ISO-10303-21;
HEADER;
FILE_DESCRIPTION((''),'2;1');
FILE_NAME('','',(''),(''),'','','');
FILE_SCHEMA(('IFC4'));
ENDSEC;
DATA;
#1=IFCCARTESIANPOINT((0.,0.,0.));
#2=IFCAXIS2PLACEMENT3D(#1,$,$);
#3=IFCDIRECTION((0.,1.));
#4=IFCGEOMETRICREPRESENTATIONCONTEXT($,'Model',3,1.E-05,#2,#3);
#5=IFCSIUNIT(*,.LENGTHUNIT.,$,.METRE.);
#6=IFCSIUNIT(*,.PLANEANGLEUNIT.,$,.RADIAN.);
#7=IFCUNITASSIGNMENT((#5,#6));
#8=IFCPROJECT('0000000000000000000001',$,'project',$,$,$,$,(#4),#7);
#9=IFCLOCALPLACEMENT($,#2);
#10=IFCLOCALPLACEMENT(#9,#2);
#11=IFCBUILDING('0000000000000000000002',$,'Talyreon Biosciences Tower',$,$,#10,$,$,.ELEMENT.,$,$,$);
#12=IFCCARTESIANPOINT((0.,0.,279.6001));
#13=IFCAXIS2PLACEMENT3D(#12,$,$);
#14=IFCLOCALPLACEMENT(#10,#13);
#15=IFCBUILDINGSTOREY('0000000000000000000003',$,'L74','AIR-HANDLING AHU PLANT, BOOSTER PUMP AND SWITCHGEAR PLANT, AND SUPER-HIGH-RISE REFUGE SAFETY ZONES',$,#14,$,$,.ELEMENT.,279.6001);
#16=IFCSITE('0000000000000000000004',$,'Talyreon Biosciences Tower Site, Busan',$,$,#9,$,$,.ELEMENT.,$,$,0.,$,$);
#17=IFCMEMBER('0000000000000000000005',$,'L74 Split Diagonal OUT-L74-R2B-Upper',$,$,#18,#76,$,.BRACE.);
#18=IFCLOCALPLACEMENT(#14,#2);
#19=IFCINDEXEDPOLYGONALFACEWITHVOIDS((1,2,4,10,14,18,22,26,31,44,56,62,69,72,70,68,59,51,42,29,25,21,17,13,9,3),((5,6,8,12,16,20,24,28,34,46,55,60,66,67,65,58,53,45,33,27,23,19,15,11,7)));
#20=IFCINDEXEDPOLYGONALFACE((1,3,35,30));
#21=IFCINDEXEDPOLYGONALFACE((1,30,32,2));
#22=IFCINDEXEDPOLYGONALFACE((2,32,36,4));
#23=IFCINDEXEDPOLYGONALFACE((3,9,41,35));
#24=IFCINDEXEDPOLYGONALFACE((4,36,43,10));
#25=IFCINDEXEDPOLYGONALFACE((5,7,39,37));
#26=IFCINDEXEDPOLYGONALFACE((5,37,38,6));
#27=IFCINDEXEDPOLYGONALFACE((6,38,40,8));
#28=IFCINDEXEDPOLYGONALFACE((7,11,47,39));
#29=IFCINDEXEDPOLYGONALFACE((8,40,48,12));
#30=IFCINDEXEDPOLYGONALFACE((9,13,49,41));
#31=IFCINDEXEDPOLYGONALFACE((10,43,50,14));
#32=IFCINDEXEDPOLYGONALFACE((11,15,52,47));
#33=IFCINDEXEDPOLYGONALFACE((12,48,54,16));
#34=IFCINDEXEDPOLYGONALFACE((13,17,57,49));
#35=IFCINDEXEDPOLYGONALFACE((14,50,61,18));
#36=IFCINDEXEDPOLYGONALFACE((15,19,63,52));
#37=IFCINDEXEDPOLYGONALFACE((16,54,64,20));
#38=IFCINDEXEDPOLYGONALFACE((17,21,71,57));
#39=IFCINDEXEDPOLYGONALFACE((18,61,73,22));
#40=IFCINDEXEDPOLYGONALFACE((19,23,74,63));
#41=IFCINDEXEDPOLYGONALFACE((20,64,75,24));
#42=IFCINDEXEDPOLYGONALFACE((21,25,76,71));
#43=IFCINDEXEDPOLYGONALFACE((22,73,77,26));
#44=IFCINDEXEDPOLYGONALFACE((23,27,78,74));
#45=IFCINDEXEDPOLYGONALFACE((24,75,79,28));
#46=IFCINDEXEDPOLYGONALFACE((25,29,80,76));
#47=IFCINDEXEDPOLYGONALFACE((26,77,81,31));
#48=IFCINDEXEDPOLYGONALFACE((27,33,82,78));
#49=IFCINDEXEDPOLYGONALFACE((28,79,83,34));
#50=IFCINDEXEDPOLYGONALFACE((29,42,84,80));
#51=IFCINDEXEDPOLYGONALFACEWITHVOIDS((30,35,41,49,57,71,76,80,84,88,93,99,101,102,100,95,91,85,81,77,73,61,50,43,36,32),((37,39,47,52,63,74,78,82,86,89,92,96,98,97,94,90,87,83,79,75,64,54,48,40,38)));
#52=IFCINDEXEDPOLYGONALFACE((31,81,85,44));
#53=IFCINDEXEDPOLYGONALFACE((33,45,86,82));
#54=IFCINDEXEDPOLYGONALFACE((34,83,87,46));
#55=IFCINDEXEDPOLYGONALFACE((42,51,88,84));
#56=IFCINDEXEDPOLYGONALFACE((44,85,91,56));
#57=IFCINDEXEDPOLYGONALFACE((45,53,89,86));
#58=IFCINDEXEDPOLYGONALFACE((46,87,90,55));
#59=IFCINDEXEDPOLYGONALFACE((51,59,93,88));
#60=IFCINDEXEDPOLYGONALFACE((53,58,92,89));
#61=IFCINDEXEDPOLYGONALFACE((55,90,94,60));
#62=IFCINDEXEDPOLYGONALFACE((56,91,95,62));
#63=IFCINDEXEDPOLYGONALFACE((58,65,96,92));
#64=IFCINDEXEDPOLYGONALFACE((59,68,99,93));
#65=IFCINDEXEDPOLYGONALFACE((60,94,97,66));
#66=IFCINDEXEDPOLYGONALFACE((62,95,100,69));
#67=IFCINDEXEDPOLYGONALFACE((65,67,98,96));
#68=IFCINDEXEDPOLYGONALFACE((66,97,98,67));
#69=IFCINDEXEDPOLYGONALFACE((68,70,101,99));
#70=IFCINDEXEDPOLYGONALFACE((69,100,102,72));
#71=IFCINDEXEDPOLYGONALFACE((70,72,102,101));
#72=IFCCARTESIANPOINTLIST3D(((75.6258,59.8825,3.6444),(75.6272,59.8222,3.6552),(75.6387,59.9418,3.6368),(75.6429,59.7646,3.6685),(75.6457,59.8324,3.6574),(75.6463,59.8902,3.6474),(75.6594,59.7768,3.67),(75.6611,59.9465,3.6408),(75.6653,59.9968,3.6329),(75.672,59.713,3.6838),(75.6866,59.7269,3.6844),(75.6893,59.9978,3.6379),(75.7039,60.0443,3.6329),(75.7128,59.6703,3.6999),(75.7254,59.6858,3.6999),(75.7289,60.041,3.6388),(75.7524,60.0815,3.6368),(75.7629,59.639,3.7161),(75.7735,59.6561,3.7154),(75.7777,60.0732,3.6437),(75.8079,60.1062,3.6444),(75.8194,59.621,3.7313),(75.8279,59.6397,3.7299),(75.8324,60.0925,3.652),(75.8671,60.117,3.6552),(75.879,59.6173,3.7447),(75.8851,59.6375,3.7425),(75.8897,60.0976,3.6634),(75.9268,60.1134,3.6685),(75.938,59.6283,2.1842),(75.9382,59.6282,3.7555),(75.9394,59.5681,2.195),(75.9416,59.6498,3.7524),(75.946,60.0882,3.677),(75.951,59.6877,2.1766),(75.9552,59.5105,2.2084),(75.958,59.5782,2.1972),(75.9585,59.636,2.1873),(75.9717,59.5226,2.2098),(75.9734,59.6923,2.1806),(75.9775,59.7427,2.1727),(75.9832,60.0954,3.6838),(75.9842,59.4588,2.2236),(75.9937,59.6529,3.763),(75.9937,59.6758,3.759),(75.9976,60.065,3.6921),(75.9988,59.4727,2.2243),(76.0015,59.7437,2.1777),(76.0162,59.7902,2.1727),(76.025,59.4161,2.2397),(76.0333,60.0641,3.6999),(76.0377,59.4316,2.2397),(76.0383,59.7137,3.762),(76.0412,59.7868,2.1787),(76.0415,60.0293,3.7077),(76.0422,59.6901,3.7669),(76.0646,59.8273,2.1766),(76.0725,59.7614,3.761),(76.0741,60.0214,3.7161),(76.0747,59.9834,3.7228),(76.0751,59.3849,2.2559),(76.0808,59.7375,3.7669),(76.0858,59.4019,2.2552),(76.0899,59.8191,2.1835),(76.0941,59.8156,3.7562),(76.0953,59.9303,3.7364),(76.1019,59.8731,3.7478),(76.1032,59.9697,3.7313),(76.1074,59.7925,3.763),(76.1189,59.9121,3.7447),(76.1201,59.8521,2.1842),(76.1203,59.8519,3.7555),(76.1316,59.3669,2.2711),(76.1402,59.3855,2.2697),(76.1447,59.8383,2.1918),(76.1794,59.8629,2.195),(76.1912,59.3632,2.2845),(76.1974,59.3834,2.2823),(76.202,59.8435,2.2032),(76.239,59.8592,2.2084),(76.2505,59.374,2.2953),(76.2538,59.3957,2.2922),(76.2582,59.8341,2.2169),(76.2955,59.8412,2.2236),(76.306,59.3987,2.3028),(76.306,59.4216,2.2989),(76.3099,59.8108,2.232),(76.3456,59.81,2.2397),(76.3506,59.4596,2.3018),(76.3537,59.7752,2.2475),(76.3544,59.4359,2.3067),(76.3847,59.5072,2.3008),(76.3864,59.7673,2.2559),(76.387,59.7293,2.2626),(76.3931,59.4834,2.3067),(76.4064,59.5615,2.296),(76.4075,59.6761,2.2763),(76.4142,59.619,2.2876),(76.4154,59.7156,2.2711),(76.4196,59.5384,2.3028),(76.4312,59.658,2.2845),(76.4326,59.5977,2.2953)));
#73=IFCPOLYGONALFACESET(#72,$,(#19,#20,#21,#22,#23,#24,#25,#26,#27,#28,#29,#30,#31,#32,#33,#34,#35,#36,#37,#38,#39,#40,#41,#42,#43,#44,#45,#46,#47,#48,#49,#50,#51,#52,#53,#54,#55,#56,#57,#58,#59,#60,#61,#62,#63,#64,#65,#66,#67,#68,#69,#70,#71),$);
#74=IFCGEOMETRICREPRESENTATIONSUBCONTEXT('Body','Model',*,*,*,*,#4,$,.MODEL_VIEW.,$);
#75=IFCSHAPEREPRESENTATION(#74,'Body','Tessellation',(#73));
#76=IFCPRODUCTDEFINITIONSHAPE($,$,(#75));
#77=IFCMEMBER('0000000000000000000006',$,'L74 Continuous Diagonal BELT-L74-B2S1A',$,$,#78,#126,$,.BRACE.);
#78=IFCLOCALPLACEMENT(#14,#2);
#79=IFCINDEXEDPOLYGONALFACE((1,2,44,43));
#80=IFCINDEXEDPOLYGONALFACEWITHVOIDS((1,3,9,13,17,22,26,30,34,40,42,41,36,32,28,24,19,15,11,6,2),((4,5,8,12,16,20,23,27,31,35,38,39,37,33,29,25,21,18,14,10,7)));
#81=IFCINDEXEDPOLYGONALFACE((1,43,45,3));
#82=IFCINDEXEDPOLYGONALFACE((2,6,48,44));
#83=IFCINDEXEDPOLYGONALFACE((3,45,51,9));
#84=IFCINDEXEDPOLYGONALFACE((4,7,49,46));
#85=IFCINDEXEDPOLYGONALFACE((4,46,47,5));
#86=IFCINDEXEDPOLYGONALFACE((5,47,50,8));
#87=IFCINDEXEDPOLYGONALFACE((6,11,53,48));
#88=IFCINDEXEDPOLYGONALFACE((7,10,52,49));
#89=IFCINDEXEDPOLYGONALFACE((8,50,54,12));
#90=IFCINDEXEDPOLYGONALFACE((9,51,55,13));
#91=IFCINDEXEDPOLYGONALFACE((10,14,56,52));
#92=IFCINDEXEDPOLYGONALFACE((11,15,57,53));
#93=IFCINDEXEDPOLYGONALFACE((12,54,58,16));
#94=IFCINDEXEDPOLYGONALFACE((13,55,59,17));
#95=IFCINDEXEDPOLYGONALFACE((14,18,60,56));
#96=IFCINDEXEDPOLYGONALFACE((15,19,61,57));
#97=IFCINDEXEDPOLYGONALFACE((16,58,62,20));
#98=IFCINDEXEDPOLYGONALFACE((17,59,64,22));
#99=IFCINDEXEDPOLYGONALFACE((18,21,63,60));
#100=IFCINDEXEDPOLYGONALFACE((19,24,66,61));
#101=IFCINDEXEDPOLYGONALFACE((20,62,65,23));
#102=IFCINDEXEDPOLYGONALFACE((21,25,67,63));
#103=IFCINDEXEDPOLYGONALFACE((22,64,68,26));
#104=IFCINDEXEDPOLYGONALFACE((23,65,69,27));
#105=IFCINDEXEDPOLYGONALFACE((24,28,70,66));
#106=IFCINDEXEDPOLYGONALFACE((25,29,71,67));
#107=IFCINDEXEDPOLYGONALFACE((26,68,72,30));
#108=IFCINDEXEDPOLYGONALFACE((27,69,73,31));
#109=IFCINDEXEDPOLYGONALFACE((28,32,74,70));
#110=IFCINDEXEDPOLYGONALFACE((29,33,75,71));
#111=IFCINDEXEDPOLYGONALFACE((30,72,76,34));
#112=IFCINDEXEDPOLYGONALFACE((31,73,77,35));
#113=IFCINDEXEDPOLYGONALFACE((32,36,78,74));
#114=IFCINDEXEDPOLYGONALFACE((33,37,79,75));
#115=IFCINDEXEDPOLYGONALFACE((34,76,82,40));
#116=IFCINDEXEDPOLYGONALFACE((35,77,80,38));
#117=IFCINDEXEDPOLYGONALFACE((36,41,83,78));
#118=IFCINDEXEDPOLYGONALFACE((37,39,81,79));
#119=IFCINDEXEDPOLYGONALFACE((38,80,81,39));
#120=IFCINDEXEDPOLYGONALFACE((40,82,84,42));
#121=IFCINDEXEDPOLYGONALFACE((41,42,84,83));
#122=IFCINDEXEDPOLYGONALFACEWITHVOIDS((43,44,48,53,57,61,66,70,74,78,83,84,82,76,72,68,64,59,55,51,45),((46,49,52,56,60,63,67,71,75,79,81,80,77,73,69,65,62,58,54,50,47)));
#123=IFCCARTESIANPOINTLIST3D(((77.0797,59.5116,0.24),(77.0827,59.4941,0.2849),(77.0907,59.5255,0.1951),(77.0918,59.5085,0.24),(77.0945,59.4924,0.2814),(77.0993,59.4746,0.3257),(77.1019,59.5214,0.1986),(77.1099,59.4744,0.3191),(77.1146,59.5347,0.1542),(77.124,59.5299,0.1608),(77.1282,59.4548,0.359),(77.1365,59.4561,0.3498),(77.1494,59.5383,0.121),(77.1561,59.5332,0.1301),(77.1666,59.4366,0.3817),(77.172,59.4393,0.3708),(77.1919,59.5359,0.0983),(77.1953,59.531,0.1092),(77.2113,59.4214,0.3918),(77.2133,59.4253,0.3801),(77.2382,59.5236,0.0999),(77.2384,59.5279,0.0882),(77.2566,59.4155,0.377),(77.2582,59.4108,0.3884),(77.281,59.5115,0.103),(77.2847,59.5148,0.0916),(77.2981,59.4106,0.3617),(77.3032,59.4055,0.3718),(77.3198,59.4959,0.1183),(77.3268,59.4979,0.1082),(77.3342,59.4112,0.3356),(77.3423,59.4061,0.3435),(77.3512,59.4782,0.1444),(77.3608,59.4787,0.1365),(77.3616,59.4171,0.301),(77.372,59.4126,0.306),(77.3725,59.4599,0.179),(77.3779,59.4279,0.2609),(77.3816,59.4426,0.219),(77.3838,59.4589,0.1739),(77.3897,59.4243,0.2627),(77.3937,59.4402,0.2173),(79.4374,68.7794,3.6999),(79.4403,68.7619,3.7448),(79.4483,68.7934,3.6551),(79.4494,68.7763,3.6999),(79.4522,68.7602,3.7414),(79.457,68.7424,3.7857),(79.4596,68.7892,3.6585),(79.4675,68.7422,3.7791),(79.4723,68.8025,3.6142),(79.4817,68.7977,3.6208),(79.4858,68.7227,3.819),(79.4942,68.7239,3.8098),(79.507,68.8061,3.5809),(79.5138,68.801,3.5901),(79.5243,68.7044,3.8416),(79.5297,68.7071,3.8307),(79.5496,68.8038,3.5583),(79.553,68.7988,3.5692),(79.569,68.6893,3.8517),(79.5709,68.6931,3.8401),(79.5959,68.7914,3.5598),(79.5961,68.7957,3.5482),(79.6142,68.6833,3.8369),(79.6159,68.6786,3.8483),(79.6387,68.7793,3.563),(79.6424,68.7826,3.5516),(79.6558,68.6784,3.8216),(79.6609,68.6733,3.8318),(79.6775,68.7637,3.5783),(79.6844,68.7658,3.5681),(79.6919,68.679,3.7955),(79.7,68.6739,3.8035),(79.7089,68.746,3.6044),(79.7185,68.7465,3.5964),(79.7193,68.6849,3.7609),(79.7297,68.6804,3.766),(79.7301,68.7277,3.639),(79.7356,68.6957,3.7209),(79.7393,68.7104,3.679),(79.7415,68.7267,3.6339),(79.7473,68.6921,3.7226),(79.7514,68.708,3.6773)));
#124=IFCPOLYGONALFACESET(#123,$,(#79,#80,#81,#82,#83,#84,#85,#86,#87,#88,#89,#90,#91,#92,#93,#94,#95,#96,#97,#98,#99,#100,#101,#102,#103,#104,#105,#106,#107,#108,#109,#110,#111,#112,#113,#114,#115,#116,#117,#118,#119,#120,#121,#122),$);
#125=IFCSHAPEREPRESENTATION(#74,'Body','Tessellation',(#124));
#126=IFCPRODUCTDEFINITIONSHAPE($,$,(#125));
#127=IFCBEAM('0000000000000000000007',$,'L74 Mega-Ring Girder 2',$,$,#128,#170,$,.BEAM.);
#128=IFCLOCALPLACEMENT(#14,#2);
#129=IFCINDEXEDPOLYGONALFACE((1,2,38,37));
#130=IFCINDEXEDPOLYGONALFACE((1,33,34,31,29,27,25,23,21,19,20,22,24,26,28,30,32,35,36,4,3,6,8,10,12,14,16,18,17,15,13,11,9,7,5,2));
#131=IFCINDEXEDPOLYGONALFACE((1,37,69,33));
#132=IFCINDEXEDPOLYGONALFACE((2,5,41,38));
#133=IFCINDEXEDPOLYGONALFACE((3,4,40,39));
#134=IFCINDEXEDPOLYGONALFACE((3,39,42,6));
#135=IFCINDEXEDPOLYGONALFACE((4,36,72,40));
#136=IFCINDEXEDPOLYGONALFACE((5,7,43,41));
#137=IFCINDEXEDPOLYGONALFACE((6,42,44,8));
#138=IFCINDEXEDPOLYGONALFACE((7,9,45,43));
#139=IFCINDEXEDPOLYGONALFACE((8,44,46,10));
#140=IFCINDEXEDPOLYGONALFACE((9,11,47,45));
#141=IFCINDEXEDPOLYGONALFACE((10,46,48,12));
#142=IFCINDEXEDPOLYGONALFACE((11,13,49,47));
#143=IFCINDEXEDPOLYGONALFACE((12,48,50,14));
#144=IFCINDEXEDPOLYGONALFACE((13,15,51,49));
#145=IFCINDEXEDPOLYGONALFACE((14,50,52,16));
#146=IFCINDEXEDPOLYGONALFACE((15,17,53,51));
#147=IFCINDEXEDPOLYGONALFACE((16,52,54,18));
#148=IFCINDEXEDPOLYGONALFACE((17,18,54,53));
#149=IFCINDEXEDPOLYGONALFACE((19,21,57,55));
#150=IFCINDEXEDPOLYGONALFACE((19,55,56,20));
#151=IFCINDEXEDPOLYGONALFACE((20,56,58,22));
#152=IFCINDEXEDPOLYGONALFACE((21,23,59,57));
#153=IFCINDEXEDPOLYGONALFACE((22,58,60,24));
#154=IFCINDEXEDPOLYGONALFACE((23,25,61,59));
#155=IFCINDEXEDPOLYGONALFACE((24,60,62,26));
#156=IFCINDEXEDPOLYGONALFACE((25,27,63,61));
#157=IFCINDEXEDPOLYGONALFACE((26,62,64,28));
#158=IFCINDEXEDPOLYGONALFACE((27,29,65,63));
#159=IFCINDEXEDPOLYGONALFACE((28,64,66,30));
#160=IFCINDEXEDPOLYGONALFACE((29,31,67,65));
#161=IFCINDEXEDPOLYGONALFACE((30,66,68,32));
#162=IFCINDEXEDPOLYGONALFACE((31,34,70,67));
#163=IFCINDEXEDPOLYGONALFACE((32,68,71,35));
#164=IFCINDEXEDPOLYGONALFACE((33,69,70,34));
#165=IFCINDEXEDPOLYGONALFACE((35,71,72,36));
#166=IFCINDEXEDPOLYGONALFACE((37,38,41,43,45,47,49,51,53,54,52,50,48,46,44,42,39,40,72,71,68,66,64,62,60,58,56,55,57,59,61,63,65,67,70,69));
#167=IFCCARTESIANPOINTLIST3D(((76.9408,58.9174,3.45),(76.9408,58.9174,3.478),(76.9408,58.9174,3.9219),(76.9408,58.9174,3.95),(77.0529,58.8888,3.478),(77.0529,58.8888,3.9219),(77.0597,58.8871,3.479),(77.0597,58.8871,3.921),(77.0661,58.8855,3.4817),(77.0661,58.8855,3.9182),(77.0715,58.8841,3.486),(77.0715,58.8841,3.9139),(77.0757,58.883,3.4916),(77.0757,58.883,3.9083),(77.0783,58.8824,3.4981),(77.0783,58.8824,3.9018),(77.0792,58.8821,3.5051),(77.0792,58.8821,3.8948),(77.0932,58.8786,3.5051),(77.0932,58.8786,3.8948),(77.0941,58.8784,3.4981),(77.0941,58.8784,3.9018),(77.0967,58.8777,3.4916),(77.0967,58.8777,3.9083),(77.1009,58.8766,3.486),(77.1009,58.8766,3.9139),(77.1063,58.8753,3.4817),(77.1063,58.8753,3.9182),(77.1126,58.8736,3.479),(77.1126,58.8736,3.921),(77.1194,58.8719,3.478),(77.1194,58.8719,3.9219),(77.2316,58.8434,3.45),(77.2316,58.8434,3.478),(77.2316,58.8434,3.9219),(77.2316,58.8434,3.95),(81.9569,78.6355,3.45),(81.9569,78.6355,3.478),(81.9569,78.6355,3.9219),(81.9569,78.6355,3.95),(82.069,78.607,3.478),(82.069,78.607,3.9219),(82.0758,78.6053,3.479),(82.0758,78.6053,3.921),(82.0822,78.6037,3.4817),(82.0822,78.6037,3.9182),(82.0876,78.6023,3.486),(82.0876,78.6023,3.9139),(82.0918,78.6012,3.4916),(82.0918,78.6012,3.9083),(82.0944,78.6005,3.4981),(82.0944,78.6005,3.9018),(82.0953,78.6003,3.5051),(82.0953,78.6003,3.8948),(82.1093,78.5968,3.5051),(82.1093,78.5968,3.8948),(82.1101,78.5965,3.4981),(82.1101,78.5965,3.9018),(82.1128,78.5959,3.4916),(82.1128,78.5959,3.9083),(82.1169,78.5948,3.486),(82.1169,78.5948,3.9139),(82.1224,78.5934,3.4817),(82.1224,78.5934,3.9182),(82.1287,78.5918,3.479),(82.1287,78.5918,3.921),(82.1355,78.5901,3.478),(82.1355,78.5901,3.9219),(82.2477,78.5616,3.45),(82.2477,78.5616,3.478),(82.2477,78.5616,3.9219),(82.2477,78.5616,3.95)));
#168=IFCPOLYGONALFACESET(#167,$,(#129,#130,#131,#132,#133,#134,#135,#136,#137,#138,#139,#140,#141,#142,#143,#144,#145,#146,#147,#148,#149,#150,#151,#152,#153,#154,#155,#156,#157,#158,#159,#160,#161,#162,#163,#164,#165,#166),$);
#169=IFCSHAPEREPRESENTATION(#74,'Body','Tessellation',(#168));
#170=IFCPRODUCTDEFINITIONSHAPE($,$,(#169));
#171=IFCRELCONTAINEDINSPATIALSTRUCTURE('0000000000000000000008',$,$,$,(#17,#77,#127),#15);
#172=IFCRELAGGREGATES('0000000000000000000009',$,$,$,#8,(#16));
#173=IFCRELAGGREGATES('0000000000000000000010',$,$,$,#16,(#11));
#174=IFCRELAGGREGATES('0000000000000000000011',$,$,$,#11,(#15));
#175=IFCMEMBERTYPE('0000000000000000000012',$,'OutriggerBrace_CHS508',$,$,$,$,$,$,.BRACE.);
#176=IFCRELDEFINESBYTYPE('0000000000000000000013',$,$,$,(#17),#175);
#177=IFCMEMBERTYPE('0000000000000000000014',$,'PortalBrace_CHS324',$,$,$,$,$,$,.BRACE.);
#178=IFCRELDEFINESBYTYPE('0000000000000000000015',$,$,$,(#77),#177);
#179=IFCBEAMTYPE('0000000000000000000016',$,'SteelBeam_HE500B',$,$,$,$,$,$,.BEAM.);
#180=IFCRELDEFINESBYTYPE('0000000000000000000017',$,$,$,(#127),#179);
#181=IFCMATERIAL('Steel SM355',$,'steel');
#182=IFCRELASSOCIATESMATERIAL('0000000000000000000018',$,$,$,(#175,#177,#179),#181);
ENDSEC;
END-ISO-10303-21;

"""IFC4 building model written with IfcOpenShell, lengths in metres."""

from ifc_helpers import new_model, si_unit, direction, frame, origin, origin_2d, place, context, subcontext, project, spatial, hollow_circle, i_section, extrude, material, material_profile, profile_set, type_object, element, save


model = new_model("IFC4")

# Units and contexts
model_context = context("Model", 3, precision=1e-05, world=origin(), true_north=direction((0.0, 1.0)))
body_context = subcontext(model_context, "Body", "Model", "MODEL_VIEW")
ifc_project = project(units=[si_unit("LENGTHUNIT", "METRE"), si_unit("PLANEANGLEUNIT", "RADIAN")], contexts=[model_context])

# Site, building, storey
site_placement = place(None, origin())
site = spatial("IfcSite", under=ifc_project, at=site_placement, Name="Talyreon Biosciences Tower Site, Busan", CompositionType="ELEMENT", RefElevation=0.0)
building_placement = place(site_placement, origin())
building = spatial("IfcBuilding", under=site, at=building_placement, Name="Talyreon Biosciences Tower", CompositionType="ELEMENT")
storey_placement = place(building_placement, frame((0.0, 0.0, 279.6001)))
storey = spatial("IfcBuildingStorey", under=building, at=storey_placement, Name="L74", Description="AIR-HANDLING AHU PLANT, BOOSTER PUMP AND SWITCHGEAR PLANT, AND SUPER-HIGH-RISE REFUGE SAFETY ZONES", CompositionType="ELEMENT", Elevation=279.6001)

# Shared definitions
ifc_material_1 = material(Name="Steel SM355", Category="steel")

# Members
ifc_material_profile_1 = material_profile(ifc_material_1, hollow_circle(Radius=0.2539, WallThickness=0.02, at=origin_2d()), Name="CHS 508x20")
ifc_profile_set_1 = profile_set([ifc_material_profile_1], Name="Steel SM355")
member_type_1 = type_object("IfcMemberType", Name="OutriggerBrace_CHS508", PredefinedType="BRACE", material=ifc_profile_set_1)
member_1_placement = place(storey_placement, frame((76.1853, 59.613, 2.2397), z_axis=(-0.206151, 0.16779, 0.964027), x_axis=(-0.631254, -0.775576, 0.0)))
element("IfcMember", 1, at=member_1_placement, inside=storey, type_object=member_type_1, Name="L74 Split Diagonal OUT-L74-R2B-Upper", PredefinedType="BRACE", context=body_context, shape_type="SweptSolid", body=[
    extrude(hollow_circle(Radius=0.2539, WallThickness=0.02, at=origin_2d()), origin(), (0.0, 0.0, 1.0), 1.5146),
])
ifc_material_profile_2 = material_profile(ifc_material_1, hollow_circle(Radius=0.1619, WallThickness=0.0125, at=origin_2d()), Name="CHS 323.9x12.5")
ifc_profile_set_2 = profile_set([ifc_material_profile_2], Name="Steel SM355")
member_type_2 = type_object("IfcMemberType", Name="PortalBrace_CHS324", PredefinedType="BRACE", material=ifc_profile_set_2)
member_2_placement = place(storey_placement, frame((77.2366, 59.4717, 0.24), z_axis=(0.231833, 0.911319, 0.340223), x_axis=(-0.969133, 0.24654, 0.0)))
element("IfcMember", 2, at=member_2_placement, inside=storey, type_object=member_type_2, Name="L74 Continuous Diagonal BELT-L74-B2S1A", PredefinedType="BRACE", context=body_context, shape_type="SweptSolid", body=[
    extrude(hollow_circle(Radius=0.1619, WallThickness=0.0125, at=origin_2d()), origin(), (0.0, 0.0, 1.0), 10.1697),
])

# Beam
ifc_material_profile_3 = material_profile(ifc_material_1, i_section(OverallWidth=0.3, OverallDepth=0.5, WebThickness=0.0144, FlangeThickness=0.0281, FilletRadius=0.0271, at=origin_2d()), Name="HE500B")
ifc_profile_set_3 = profile_set([ifc_material_profile_3], Name="Steel SM355")
beam_type_1 = type_object("IfcBeamType", Name="SteelBeam_HE500B", PredefinedType="BEAM", material=ifc_profile_set_3)
beam_1_placement = place(storey_placement, frame((77.0862, 58.8804, 3.7), z_axis=(0.246537, 0.969133, 0.0), x_axis=(-0.969133, 0.246537, 0.0)))
element("IfcBeam", 3, at=beam_1_placement, inside=storey, type_object=beam_type_1, Name="L74 Mega-Ring Girder 2", PredefinedType="BEAM", context=body_context, shape_type="SweptSolid", body=[
    extrude(i_section(OverallWidth=0.3, OverallDepth=0.5, WebThickness=0.0144, FlangeThickness=0.0281, FilletRadius=0.0271, at=origin_2d()), origin(), (0.0, 0.0, 1.0), 20.3462),
])

save(model, "model.ifc")
